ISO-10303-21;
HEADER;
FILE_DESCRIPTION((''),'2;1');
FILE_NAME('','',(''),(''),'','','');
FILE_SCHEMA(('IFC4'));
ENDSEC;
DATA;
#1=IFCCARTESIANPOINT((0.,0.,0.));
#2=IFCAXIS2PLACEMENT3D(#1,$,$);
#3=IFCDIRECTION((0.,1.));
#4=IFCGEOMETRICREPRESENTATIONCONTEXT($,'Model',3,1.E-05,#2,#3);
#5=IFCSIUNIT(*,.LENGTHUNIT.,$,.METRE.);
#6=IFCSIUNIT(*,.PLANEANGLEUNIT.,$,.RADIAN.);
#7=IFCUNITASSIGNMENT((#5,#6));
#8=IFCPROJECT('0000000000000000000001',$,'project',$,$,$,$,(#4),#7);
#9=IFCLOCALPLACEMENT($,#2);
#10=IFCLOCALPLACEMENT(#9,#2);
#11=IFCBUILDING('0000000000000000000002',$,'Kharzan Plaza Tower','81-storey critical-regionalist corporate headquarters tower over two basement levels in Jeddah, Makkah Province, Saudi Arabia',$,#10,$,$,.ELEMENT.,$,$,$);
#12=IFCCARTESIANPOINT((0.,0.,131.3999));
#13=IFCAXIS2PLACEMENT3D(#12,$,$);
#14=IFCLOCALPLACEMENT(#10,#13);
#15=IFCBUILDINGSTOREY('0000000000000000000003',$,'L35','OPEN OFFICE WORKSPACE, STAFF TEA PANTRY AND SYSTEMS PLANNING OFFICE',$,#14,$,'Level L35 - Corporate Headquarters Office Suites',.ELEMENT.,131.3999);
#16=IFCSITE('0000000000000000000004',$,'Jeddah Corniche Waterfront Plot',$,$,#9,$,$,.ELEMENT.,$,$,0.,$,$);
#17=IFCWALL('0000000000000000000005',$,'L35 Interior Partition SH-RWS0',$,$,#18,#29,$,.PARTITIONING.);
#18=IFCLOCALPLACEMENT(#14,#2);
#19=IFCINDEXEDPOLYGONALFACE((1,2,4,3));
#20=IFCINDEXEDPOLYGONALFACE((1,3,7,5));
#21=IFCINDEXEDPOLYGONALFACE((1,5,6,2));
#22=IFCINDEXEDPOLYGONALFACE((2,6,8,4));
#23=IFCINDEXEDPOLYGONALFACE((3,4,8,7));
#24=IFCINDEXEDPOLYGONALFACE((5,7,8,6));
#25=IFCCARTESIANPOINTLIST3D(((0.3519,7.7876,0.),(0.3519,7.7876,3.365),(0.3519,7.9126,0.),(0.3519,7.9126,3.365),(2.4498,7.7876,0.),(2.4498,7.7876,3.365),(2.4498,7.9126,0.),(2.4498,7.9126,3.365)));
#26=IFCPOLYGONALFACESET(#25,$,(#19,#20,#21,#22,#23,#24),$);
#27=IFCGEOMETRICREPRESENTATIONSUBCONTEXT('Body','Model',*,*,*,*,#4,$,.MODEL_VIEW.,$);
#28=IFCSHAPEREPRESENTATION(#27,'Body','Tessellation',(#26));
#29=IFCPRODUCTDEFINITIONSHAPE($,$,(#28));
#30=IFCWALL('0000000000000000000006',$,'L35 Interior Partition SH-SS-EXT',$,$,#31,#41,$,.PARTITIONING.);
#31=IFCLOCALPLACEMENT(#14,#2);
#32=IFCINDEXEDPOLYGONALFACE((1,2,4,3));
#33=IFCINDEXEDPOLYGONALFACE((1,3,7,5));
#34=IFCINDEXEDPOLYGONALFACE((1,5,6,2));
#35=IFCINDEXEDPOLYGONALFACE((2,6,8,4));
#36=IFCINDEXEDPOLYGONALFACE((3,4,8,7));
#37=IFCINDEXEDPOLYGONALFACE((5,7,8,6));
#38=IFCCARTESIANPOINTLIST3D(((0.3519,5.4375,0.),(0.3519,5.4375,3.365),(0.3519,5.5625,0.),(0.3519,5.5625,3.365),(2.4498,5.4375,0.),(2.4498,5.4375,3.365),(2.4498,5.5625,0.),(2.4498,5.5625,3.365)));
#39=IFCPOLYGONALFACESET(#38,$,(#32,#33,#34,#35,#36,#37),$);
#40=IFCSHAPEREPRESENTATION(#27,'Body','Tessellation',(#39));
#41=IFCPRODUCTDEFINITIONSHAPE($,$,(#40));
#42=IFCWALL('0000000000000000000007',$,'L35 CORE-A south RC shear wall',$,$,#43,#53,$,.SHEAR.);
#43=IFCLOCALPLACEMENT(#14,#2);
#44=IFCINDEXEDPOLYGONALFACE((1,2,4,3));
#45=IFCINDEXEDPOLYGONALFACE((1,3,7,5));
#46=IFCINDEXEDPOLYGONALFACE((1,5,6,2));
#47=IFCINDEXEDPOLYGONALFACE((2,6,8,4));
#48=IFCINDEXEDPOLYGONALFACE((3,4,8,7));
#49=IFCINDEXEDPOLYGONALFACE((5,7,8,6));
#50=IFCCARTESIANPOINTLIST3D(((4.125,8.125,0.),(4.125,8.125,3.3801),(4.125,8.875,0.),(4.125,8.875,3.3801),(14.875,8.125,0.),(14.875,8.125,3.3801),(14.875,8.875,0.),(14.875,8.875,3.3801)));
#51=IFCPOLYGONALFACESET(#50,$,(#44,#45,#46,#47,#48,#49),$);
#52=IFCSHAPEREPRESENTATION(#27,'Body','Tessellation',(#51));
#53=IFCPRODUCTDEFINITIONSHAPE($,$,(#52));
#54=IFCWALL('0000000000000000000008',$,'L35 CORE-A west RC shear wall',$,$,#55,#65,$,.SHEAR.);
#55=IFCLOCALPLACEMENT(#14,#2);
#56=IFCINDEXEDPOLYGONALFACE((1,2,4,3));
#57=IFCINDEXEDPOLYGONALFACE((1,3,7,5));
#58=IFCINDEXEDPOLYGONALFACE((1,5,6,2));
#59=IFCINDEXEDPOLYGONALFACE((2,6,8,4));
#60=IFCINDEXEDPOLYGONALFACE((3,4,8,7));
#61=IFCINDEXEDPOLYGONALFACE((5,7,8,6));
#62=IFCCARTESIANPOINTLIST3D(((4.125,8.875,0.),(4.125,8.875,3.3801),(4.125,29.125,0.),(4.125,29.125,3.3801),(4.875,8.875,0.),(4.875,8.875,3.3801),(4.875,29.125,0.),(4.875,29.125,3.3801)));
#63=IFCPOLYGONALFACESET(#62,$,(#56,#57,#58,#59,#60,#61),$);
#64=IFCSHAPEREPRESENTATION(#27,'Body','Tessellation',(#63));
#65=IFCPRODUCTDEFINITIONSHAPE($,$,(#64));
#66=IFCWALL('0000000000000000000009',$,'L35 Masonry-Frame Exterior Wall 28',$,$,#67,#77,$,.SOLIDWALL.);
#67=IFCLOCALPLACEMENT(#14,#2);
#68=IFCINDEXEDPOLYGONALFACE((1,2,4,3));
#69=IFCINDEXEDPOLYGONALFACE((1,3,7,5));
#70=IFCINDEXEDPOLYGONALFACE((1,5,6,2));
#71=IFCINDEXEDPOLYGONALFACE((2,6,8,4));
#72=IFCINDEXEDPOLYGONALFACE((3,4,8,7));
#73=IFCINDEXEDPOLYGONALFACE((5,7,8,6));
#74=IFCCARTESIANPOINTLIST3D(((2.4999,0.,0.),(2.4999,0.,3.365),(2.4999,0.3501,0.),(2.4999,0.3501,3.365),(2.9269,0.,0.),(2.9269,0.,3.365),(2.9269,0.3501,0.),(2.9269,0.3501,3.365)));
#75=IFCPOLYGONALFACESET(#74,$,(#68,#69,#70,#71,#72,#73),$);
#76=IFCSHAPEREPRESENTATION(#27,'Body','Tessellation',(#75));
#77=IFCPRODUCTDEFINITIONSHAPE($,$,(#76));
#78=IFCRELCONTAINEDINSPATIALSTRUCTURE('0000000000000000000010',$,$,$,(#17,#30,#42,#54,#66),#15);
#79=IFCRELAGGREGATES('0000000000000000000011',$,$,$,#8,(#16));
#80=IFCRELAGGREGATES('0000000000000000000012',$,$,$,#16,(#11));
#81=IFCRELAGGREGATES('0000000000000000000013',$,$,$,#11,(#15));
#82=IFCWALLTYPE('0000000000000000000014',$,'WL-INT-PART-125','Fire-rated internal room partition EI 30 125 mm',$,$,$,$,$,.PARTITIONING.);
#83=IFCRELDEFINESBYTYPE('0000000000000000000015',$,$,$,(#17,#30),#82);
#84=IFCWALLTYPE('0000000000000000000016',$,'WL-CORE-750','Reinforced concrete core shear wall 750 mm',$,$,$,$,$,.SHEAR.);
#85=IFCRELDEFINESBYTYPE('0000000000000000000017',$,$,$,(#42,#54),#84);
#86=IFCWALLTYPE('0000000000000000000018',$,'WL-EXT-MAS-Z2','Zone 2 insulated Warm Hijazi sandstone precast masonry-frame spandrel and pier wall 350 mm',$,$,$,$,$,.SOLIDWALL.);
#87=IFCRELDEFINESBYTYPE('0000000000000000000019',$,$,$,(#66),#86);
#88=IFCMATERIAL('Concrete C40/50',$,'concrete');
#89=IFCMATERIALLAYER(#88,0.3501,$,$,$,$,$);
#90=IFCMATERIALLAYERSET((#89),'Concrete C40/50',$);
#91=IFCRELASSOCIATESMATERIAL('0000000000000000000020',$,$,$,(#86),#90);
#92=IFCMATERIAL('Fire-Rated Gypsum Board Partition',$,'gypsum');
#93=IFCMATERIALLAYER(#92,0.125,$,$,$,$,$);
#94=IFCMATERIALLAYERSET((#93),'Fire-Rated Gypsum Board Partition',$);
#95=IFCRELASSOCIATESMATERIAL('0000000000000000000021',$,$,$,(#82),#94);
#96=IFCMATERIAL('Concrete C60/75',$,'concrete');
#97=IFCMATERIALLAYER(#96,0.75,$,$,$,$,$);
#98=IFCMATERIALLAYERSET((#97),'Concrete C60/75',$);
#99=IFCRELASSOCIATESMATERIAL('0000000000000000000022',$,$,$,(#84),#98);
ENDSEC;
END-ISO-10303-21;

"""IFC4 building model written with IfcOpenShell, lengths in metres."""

from ifc_helpers import new_model, si_unit, direction, frame, frame_2d, origin, place, context, subcontext, project, spatial, rectangle, extrude, source, transform, mapped, material, layer, layer_set, type_object, element, save


model = new_model("IFC4")

# Units and contexts
model_context = context("Model", 3, precision=1e-05, world=origin(), true_north=direction((0.0, 1.0)))
body_context = subcontext(model_context, "Body", "Model", "MODEL_VIEW")
ifc_project = project(units=[si_unit("LENGTHUNIT", "METRE"), si_unit("PLANEANGLEUNIT", "RADIAN")], contexts=[model_context])

# Site, building, storey
site_placement = place(None, origin())
site = spatial("IfcSite", under=ifc_project, at=site_placement, Name="Jeddah Corniche Waterfront Plot", CompositionType="ELEMENT", RefElevation=0.0)
building_placement = place(site_placement, origin())
building = spatial("IfcBuilding", under=site, at=building_placement, Name="Kharzan Plaza Tower", Description="81-storey critical-regionalist corporate headquarters tower over two basement levels in Jeddah, Makkah Province, Saudi Arabia", CompositionType="ELEMENT")
storey_placement = place(building_placement, frame((0.0, 0.0, 131.3999)))
storey = spatial("IfcBuildingStorey", under=building, at=storey_placement, Name="L35", Description="OPEN OFFICE WORKSPACE, STAFF TEA PANTRY AND SYSTEMS PLANNING OFFICE", LongName="Level L35 - Corporate Headquarters Office Suites", CompositionType="ELEMENT", Elevation=131.3999)

# Shared definitions
ifc_material_1 = material(Name="Concrete C60/75", Category="concrete")

# Shared definitions
ifc_material_2 = material(Name="Concrete C40/50", Category="concrete")

# Shared definitions
ifc_layer_1 = layer(ifc_material_2, 0.3501)
ifc_layer_set_1 = layer_set([ifc_layer_1], Name="Concrete C40/50")
wall_type_1 = type_object("IfcWallType", Name="WL-EXT-MAS-Z2", Description="Zone 2 insulated Warm Hijazi sandstone precast masonry-frame spandrel and pier wall 350 mm", PredefinedType="SOLIDWALL", material=ifc_layer_set_1)

# Shared definitions
ifc_material_3 = material(Name="Fire-Rated Gypsum Board Partition", Category="gypsum")
ifc_layer_2 = layer(ifc_material_3, 0.125)
ifc_layer_set_2 = layer_set([ifc_layer_2], Name="Fire-Rated Gypsum Board Partition")
wall_type_2 = type_object("IfcWallType", Name="WL-INT-PART-125", Description="Fire-rated internal room partition EI 30 125 mm", PredefinedType="PARTITIONING", material=ifc_layer_set_2)

# Walls
shared_shape_1 = source(origin(), body_context, "Body", "SweptSolid", [
    extrude(rectangle(XDim=2.0979, YDim=0.125, at=frame_2d((1.0488, 0.0))), origin(), (0.0, 0.0, 1.0), 3.365),
])
for number, where, z_axis, x_axis, name in (
    (1, (0.3521, 7.8501, 0.0), (0.0, 0.0, 1.0), (1.0, 0.0, 0.0), "L35 Interior Partition SH-RWS0"),
    (2, (0.3521, 5.5, 0.0), (0.0, 0.0, 1.0), (1.0, 0.0, 0.0), "L35 Interior Partition SH-SS-EXT"),
):
    element("IfcWall", number, at=place(storey_placement, frame(where, z_axis=z_axis, x_axis=x_axis)), inside=storey, type_object=wall_type_2, Name=name, PredefinedType="PARTITIONING", context=body_context, shape_type="MappedRepresentation", body=[
        mapped(shared_shape_1, transform((0.0, 0.0, 0.0), x_axis=(1.0, 0.0, 0.0), y_axis=(0.0, 1.0, 0.0), z_axis=(0.0, 0.0, 1.0))),
    ])
ifc_layer_3 = layer(ifc_material_1, 0.75)
ifc_layer_set_3 = layer_set([ifc_layer_3], Name="Concrete C60/75")
wall_type_3 = type_object("IfcWallType", Name="WL-CORE-750", Description="Reinforced concrete core shear wall 750 mm", PredefinedType="SHEAR", material=ifc_layer_set_3)
shared_shape_2 = source(origin(), body_context, "Body", "SweptSolid", [
    extrude(rectangle(XDim=10.75, YDim=0.75, at=frame_2d((5.375, 0.0))), origin(), (0.0, 0.0, 1.0), 3.3801),
])
wall_1_placement = place(storey_placement, frame((4.125, 8.5, 0.0), z_axis=(0.0, 0.0, 1.0), x_axis=(1.0, 0.0, 0.0)))
element("IfcWall", 3, at=wall_1_placement, inside=storey, type_object=wall_type_3, Name="L35 CORE-A south RC shear wall", PredefinedType="SHEAR", context=body_context, shape_type="MappedRepresentation", body=[
    mapped(shared_shape_2, transform((0.0, 0.0, 0.0), x_axis=(1.0, 0.0, 0.0), y_axis=(0.0, 1.0, 0.0), z_axis=(0.0, 0.0, 1.0))),
])
shared_shape_3 = source(origin(), body_context, "Body", "SweptSolid", [
    extrude(rectangle(XDim=20.25, YDim=0.75, at=frame_2d((10.125, 0.0))), origin(), (0.0, 0.0, 1.0), 3.3801),
])
wall_2_placement = place(storey_placement, frame((4.5, 8.875, 0.0), z_axis=(0.0, 0.0, 1.0), x_axis=(0.0, 1.0, 0.0)))
element("IfcWall", 4, at=wall_2_placement, inside=storey, type_object=wall_type_3, Name="L35 CORE-A west RC shear wall", PredefinedType="SHEAR", context=body_context, shape_type="MappedRepresentation", body=[
    mapped(shared_shape_3, transform((0.0, 0.0, 0.0), x_axis=(1.0, 0.0, 0.0), y_axis=(0.0, 1.0, 0.0), z_axis=(0.0, 0.0, 1.0))),
])
shared_shape_4 = source(origin(), body_context, "Body", "SweptSolid", [
    extrude(rectangle(XDim=0.427, YDim=0.3501, at=frame_2d((0.2134, 0.0))), origin(), (0.0, 0.0, 1.0), 3.365),
])
wall_3_placement = place(storey_placement, frame((2.5, 0.175, 0.0), z_axis=(0.0, 0.0, 1.0), x_axis=(1.0, 0.0, 0.0)))
element("IfcWall", 5, at=wall_3_placement, inside=storey, type_object=wall_type_1, Name="L35 Masonry-Frame Exterior Wall 28", PredefinedType="SOLIDWALL", context=body_context, shape_type="MappedRepresentation", body=[
    mapped(shared_shape_4, transform((0.0, 0.0, 0.0), x_axis=(1.0, 0.0, 0.0), y_axis=(0.0, 1.0, 0.0), z_axis=(0.0, 0.0, 1.0))),
])

save(model, "model.ifc")
